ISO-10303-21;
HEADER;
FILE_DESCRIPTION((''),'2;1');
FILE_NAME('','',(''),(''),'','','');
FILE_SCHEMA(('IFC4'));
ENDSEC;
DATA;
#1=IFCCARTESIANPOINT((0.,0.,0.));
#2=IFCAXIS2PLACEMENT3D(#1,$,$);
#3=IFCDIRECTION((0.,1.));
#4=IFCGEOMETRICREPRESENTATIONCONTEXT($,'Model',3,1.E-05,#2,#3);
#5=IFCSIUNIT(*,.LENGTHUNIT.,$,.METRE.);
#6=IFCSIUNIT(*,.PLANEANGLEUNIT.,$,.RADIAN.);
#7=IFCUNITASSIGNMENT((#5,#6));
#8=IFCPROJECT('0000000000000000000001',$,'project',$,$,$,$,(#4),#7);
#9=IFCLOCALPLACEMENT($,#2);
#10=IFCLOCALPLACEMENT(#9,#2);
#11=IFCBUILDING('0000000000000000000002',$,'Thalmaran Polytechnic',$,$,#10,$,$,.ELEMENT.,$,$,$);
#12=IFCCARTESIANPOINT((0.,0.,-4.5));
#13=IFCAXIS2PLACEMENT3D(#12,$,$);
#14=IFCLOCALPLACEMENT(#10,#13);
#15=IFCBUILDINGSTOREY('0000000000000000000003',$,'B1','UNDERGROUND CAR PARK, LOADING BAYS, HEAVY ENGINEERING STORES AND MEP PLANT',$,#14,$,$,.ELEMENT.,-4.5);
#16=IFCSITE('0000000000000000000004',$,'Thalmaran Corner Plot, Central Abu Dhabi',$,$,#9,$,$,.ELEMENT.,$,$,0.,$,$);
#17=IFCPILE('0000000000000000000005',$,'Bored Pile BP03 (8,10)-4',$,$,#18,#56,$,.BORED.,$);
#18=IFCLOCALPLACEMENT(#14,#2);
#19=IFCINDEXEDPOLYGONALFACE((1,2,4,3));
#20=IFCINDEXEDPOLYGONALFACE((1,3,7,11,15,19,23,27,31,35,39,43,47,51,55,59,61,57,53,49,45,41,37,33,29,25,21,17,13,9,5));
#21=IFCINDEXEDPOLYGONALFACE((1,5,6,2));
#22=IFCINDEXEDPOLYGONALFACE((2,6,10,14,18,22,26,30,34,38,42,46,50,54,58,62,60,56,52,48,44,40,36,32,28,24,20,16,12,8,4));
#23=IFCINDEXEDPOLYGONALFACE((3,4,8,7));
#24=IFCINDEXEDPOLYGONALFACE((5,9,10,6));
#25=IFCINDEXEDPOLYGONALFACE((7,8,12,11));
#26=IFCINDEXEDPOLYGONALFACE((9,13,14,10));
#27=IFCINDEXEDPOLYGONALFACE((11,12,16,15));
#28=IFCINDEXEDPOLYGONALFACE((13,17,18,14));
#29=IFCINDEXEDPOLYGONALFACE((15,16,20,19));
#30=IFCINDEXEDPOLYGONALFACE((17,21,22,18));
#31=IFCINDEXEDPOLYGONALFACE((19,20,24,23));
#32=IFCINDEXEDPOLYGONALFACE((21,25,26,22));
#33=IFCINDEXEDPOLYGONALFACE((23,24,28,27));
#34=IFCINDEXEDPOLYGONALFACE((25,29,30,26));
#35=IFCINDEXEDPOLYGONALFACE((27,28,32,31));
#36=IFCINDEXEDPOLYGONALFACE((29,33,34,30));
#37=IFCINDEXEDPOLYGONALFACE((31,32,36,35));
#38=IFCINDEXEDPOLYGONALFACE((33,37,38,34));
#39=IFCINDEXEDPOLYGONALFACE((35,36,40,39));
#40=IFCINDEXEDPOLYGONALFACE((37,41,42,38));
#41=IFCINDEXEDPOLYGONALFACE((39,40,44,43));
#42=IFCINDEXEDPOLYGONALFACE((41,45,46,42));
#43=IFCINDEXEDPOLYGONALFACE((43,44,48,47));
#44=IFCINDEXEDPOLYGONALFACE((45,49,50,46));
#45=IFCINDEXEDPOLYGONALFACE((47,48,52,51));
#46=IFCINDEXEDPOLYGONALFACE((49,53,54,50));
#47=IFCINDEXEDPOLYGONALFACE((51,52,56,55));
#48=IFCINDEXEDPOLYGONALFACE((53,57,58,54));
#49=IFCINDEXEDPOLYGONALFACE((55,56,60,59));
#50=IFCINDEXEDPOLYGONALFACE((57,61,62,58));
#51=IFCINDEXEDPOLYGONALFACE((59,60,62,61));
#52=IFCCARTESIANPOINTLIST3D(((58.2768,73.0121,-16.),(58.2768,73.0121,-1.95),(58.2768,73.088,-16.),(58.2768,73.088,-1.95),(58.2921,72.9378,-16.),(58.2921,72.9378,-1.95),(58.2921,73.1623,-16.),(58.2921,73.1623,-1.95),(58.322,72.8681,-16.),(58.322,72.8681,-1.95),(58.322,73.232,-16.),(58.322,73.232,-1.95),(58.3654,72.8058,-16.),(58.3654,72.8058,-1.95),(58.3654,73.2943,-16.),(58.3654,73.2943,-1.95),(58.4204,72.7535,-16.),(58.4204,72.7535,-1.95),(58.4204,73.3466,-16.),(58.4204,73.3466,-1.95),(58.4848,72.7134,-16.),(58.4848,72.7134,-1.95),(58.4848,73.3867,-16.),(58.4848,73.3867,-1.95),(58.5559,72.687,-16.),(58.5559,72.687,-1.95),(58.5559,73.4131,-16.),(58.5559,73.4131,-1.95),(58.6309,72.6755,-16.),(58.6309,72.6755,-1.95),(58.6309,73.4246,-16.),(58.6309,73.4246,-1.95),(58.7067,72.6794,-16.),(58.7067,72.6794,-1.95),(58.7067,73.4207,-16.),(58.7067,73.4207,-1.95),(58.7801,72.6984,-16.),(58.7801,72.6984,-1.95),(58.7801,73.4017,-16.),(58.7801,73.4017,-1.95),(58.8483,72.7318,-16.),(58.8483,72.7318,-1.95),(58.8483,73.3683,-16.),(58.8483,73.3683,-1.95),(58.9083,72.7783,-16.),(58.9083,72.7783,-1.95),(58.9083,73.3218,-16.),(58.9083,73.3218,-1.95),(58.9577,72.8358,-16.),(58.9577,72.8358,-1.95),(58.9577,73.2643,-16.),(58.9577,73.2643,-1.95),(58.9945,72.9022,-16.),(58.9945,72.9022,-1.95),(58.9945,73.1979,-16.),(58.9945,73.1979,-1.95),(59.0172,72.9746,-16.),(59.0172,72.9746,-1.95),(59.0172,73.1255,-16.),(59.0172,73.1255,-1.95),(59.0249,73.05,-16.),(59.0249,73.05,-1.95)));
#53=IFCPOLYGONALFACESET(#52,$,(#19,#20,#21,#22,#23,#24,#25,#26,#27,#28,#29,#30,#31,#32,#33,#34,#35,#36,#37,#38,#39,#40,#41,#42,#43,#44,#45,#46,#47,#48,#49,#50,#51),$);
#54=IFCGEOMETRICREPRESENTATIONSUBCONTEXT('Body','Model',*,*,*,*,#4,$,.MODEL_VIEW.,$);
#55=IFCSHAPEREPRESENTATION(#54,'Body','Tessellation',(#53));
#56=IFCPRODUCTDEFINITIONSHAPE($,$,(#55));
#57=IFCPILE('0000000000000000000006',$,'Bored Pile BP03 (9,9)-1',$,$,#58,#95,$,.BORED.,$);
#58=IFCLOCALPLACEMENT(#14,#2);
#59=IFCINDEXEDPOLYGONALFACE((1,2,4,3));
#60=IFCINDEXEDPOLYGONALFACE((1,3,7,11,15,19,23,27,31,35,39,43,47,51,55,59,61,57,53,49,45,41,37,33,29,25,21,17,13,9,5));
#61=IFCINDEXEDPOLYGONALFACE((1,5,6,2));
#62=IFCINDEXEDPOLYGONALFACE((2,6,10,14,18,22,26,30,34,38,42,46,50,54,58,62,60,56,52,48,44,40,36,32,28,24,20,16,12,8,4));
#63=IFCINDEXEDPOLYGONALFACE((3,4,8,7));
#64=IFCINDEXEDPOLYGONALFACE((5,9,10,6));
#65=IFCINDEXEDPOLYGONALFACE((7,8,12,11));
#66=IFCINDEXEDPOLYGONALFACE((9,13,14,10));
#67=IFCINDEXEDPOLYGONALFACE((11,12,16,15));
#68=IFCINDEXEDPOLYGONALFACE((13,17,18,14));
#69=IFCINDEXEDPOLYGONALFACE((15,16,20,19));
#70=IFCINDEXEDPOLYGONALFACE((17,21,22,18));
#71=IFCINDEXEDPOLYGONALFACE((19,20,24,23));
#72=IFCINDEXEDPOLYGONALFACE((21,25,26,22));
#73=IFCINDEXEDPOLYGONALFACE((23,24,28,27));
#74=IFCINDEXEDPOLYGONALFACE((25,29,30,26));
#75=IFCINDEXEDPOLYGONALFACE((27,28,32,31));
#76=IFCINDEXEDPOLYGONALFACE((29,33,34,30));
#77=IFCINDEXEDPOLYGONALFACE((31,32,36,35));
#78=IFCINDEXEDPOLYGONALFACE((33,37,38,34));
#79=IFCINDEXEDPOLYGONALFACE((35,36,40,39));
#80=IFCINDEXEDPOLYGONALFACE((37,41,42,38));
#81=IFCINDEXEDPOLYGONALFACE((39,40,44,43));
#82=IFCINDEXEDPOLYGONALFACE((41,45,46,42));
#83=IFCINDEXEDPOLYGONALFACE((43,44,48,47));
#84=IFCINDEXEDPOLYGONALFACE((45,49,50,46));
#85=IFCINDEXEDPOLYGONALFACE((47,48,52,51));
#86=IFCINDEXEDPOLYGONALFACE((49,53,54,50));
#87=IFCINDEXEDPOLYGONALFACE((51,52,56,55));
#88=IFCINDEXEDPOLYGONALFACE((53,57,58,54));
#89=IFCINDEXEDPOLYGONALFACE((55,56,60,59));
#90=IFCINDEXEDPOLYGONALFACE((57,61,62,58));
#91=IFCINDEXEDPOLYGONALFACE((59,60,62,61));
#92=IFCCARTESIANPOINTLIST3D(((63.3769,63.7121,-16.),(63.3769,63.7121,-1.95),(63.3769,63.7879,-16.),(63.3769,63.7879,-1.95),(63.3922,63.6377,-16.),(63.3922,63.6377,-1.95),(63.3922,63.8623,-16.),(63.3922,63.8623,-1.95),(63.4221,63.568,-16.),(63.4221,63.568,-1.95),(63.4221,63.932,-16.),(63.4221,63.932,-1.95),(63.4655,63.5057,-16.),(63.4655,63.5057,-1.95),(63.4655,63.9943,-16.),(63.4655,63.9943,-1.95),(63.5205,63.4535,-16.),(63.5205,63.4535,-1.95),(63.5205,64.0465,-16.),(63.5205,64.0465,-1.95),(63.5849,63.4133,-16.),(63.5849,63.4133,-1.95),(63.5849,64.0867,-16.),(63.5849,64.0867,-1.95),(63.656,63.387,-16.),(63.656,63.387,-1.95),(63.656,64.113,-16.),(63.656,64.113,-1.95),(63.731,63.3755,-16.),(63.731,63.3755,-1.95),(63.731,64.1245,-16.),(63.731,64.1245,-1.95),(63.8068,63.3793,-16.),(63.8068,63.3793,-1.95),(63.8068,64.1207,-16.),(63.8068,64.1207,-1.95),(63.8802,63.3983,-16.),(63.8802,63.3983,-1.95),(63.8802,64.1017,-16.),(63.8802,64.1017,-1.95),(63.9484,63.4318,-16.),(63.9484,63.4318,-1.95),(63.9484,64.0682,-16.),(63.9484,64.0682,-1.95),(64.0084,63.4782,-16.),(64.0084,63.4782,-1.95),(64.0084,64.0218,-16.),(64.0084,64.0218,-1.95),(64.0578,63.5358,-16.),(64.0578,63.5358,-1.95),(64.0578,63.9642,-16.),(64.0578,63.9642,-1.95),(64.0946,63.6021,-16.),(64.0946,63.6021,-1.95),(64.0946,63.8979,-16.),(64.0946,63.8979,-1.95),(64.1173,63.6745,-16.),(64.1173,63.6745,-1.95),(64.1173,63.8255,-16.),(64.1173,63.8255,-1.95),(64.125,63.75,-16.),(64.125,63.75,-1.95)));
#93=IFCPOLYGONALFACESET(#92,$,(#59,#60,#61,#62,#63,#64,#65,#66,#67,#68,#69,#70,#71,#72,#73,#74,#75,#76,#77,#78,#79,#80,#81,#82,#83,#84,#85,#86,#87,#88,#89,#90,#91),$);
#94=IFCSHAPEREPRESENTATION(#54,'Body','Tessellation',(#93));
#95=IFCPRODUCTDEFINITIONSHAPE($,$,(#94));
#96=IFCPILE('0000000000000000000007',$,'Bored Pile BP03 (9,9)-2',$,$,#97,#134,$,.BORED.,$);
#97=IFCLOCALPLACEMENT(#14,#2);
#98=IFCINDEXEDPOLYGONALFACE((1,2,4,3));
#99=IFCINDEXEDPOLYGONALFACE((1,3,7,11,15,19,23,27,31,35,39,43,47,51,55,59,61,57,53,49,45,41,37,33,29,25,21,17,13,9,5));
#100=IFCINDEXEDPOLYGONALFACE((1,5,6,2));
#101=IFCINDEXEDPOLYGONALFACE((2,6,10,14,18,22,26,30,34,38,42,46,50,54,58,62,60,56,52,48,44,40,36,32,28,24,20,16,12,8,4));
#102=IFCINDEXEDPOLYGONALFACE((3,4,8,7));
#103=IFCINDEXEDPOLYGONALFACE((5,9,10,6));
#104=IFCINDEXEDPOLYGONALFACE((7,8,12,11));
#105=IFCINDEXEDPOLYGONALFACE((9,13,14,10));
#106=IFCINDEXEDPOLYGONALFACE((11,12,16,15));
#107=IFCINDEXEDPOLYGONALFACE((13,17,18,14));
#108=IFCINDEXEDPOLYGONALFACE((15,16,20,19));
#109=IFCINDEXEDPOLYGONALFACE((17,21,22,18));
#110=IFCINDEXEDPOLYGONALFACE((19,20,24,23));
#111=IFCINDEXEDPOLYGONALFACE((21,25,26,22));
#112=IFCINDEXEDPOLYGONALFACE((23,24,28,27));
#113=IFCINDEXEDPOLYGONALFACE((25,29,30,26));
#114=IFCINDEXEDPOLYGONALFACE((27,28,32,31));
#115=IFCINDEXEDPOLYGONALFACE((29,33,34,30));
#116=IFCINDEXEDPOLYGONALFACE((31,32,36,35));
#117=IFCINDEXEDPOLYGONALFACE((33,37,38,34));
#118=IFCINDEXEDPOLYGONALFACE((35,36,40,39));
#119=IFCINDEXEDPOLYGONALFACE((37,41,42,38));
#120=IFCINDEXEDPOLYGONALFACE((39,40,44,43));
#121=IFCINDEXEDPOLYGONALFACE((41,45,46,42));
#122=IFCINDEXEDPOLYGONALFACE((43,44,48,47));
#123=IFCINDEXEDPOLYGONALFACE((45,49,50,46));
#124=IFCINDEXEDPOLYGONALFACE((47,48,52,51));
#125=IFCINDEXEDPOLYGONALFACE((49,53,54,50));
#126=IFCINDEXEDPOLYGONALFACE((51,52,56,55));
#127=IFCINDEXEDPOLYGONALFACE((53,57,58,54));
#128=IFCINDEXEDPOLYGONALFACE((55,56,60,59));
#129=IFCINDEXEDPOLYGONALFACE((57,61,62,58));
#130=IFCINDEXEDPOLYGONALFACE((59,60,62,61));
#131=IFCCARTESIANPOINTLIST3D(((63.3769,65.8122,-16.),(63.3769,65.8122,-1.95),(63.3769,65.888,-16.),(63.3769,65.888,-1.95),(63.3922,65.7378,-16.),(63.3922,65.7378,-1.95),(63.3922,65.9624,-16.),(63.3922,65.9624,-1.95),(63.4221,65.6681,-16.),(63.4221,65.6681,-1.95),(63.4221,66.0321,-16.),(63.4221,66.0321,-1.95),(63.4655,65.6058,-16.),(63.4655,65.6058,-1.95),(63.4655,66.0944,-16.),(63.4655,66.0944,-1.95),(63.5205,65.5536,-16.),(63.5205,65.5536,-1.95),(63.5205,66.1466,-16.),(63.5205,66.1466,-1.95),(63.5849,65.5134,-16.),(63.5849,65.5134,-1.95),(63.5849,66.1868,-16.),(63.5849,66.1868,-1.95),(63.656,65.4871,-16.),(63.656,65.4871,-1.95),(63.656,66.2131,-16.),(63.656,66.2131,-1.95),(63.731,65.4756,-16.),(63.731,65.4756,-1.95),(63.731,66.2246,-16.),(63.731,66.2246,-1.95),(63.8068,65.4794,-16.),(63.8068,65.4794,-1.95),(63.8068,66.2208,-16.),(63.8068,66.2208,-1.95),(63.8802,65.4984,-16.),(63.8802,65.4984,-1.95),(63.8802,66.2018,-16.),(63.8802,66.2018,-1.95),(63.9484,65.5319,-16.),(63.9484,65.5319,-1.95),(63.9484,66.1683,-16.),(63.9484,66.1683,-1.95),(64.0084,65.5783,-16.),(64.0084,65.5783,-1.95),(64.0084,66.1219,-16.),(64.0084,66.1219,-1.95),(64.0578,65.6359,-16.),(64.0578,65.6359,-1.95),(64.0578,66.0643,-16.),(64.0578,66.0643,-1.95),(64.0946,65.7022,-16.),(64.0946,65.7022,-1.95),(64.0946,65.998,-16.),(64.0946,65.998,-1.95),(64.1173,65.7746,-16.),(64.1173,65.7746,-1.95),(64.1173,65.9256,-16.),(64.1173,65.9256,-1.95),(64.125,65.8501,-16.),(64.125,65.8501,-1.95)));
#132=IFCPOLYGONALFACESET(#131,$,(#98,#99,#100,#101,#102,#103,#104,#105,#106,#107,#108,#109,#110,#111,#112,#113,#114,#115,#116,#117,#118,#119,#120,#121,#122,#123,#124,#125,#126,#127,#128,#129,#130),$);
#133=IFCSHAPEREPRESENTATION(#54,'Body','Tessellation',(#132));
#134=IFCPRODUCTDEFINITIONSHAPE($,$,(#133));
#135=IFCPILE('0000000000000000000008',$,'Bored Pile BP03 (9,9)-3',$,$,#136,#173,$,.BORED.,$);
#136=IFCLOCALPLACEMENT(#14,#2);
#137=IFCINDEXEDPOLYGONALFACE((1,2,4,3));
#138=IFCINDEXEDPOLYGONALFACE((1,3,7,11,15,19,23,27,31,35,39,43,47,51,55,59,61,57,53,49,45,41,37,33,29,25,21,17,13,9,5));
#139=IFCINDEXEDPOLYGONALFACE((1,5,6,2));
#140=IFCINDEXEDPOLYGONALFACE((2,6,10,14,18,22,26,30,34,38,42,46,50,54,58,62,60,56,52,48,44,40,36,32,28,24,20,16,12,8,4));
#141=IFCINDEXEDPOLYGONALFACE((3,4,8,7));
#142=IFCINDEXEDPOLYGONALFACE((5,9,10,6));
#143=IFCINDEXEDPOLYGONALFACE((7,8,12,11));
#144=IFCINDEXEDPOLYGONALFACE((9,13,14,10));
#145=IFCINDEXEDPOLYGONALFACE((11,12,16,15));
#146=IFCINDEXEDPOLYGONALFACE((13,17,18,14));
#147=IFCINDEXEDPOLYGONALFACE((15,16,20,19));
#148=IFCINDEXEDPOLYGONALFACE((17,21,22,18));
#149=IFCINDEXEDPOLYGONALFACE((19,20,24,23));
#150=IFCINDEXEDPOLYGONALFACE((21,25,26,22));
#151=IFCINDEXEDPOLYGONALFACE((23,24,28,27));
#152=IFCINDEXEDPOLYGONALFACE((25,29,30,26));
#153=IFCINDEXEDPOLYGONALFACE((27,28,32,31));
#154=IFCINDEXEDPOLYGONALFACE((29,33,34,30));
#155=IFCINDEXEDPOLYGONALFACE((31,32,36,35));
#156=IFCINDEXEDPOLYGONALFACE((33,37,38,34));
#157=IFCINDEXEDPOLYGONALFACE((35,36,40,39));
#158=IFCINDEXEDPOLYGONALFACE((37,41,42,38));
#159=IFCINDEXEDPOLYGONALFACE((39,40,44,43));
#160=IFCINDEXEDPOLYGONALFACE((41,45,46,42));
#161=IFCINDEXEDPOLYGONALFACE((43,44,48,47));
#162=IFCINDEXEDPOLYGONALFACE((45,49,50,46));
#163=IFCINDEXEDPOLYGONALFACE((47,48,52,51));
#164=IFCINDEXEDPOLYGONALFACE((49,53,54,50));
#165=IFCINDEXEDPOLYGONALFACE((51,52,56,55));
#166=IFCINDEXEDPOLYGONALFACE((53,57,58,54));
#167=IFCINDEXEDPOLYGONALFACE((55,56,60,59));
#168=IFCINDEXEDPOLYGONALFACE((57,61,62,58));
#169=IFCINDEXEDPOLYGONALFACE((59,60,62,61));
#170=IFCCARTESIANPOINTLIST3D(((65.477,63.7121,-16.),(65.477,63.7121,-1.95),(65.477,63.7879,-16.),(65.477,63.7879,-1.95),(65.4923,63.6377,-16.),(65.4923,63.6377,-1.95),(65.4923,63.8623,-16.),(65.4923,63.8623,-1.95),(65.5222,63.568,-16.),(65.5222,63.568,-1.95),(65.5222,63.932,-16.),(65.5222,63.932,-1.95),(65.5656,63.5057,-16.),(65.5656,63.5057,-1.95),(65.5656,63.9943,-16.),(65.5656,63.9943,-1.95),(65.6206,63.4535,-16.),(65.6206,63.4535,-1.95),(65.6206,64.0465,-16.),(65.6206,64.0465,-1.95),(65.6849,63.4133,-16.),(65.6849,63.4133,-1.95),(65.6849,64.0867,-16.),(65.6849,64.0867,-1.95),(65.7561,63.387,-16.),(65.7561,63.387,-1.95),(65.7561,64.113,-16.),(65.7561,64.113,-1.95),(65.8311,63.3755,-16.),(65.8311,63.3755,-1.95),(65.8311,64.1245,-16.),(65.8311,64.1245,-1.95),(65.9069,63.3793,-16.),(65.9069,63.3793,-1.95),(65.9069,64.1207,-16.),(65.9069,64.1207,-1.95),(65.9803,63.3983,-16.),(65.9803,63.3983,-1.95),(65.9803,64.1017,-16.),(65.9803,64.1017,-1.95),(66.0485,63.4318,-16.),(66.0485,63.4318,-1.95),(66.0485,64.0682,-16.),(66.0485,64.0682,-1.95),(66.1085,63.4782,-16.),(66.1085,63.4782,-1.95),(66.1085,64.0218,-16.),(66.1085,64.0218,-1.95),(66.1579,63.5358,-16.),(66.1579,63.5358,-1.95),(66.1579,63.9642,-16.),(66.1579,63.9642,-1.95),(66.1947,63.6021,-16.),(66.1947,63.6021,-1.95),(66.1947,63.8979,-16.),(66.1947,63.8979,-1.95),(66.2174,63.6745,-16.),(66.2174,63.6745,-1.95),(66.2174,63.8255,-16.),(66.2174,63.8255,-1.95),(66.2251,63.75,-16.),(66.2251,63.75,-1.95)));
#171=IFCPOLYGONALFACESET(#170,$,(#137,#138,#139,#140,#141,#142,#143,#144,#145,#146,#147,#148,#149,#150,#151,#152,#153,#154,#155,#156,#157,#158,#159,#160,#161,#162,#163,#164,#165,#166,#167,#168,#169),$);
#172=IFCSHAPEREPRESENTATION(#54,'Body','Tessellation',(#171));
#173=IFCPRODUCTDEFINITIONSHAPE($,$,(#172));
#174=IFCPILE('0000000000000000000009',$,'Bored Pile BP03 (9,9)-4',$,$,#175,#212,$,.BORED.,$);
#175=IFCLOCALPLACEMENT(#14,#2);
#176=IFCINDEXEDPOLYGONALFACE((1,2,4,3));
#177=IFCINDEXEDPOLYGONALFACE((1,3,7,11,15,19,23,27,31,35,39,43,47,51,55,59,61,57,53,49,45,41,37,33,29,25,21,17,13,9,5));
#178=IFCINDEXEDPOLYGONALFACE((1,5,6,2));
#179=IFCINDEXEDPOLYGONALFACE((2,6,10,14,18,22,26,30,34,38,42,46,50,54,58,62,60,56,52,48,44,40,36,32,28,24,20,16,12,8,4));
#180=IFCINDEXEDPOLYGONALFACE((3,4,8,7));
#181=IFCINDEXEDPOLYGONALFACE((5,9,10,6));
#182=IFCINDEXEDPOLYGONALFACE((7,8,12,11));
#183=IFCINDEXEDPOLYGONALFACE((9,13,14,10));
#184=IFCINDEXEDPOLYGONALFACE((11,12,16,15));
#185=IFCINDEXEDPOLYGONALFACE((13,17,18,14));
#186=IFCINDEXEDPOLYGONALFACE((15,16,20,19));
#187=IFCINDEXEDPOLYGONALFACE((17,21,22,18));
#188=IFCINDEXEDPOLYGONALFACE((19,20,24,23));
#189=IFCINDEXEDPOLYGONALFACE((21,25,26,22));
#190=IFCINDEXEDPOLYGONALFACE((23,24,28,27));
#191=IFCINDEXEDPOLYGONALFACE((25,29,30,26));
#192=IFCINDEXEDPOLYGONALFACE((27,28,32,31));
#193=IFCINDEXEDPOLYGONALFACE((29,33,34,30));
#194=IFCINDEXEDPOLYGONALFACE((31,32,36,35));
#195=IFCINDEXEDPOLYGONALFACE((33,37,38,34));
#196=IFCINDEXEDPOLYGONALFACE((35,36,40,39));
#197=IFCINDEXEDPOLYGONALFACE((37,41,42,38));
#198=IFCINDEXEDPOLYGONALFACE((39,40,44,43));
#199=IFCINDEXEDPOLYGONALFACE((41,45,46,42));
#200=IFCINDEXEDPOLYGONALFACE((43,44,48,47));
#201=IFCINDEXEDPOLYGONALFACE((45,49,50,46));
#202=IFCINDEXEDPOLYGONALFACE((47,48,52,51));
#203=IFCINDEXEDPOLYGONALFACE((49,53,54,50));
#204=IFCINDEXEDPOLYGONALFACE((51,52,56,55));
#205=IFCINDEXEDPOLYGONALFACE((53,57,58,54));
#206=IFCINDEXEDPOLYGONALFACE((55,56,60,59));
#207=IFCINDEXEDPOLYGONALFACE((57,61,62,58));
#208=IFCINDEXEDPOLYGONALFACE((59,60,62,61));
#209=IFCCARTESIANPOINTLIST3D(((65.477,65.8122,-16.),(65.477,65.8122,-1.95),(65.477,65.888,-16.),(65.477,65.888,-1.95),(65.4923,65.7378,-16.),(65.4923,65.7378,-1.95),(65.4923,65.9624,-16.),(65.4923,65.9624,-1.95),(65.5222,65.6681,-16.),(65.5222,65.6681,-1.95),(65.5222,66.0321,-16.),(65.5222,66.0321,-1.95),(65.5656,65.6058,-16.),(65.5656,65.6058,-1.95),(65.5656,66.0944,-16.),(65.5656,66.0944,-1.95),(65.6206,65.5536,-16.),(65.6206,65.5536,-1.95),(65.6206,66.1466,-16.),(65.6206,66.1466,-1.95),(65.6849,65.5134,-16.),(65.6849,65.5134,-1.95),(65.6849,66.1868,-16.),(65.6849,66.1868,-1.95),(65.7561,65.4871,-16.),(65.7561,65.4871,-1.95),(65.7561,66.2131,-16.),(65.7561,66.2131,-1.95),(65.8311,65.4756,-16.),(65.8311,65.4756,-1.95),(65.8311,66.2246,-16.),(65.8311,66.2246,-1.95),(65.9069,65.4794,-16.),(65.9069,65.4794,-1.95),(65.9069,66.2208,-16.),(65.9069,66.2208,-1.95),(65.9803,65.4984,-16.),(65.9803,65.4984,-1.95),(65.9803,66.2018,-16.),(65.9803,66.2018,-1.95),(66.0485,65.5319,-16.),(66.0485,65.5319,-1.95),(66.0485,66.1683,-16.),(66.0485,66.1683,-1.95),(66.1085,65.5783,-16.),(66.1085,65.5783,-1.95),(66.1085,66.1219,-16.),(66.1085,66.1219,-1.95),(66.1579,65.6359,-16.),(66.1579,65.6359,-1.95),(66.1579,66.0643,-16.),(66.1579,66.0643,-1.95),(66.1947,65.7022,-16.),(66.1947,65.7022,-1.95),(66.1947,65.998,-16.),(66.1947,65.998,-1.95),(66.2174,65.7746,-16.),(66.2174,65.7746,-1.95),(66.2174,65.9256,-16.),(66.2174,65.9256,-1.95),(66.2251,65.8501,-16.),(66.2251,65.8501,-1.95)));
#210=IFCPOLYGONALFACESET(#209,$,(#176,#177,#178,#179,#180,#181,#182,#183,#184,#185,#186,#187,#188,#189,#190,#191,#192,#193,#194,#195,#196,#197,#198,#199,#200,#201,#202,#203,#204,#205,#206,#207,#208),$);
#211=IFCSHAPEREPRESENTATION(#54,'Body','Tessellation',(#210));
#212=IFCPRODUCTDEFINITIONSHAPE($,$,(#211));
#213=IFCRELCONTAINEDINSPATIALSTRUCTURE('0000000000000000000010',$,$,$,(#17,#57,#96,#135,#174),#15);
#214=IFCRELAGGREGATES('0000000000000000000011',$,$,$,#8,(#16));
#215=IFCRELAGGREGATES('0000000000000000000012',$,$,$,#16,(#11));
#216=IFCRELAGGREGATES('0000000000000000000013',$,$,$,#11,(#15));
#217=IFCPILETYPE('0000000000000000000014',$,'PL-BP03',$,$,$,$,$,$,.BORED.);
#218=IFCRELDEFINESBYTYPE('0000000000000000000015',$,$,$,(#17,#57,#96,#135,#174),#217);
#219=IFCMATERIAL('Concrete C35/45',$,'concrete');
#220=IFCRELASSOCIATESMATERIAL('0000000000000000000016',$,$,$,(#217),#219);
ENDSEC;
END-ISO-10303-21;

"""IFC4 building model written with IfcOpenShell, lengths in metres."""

from ifc_helpers import new_model, si_unit, direction, frame, origin, origin_2d, place, context, subcontext, project, spatial, circle, extrude, material, material_profile, profile_set, type_object, element, save


model = new_model("IFC4")

# Units and contexts
model_context = context("Model", 3, precision=1e-05, world=origin(), true_north=direction((0.0, 1.0)))
body_context = subcontext(model_context, "Body", "Model", "MODEL_VIEW")
ifc_project = project(units=[si_unit("LENGTHUNIT", "METRE"), si_unit("PLANEANGLEUNIT", "RADIAN")], contexts=[model_context])

# Site, building, storey
site_placement = place(None, origin())
site = spatial("IfcSite", under=ifc_project, at=site_placement, Name="Thalmaran Corner Plot, Central Abu Dhabi", CompositionType="ELEMENT", RefElevation=0.0)
building_placement = place(site_placement, origin())
building = spatial("IfcBuilding", under=site, at=building_placement, Name="Thalmaran Polytechnic", CompositionType="ELEMENT")
storey_placement = place(building_placement, frame((0.0, 0.0, -4.5)))
storey = spatial("IfcBuildingStorey", under=building, at=storey_placement, Name="B1", Description="UNDERGROUND CAR PARK, LOADING BAYS, HEAVY ENGINEERING STORES AND MEP PLANT", CompositionType="ELEMENT", Elevation=-4.5)

# Piles
ifc_material_1 = material(Name="Concrete C35/45", Category="concrete")
ifc_material_profile_1 = material_profile(ifc_material_1, circle(Radius=0.375, at=origin_2d()), Name="RC 750 DIA")
ifc_profile_set_1 = profile_set([ifc_material_profile_1], Name="Concrete C35/45")
pile_type = type_object("IfcPileType", Name="PL-BP03", PredefinedType="BORED", material=ifc_profile_set_1)
for number, where, z_axis, x_axis, name in (
    (1, (58.6499, 73.05, -1.95), (0.0, 0.0, -1.0), (1.0, 0.0, 0.0), "Bored Pile BP03 (8,10)-4"),
    (2, (63.75, 63.75, -1.95), (0.0, 0.0, -1.0), (1.0, 0.0, 0.0), "Bored Pile BP03 (9,9)-1"),
    (3, (63.75, 65.8501, -1.95), (0.0, 0.0, -1.0), (1.0, 0.0, 0.0), "Bored Pile BP03 (9,9)-2"),
    (4, (65.8501, 63.75, -1.95), (0.0, 0.0, -1.0), (1.0, 0.0, 0.0), "Bored Pile BP03 (9,9)-3"),
    (5, (65.8501, 65.8501, -1.95), (0.0, 0.0, -1.0), (1.0, 0.0, 0.0), "Bored Pile BP03 (9,9)-4"),
):
    element("IfcPile", number, at=place(storey_placement, frame(where, z_axis=z_axis, x_axis=x_axis)), inside=storey, type_object=pile_type, Name=name, PredefinedType="BORED", context=body_context, shape_type="SweptSolid", body=[
        extrude(circle(Radius=0.375, at=origin_2d()), origin(), (0.0, 0.0, 1.0), 14.05),
    ])

save(model, "model.ifc")
